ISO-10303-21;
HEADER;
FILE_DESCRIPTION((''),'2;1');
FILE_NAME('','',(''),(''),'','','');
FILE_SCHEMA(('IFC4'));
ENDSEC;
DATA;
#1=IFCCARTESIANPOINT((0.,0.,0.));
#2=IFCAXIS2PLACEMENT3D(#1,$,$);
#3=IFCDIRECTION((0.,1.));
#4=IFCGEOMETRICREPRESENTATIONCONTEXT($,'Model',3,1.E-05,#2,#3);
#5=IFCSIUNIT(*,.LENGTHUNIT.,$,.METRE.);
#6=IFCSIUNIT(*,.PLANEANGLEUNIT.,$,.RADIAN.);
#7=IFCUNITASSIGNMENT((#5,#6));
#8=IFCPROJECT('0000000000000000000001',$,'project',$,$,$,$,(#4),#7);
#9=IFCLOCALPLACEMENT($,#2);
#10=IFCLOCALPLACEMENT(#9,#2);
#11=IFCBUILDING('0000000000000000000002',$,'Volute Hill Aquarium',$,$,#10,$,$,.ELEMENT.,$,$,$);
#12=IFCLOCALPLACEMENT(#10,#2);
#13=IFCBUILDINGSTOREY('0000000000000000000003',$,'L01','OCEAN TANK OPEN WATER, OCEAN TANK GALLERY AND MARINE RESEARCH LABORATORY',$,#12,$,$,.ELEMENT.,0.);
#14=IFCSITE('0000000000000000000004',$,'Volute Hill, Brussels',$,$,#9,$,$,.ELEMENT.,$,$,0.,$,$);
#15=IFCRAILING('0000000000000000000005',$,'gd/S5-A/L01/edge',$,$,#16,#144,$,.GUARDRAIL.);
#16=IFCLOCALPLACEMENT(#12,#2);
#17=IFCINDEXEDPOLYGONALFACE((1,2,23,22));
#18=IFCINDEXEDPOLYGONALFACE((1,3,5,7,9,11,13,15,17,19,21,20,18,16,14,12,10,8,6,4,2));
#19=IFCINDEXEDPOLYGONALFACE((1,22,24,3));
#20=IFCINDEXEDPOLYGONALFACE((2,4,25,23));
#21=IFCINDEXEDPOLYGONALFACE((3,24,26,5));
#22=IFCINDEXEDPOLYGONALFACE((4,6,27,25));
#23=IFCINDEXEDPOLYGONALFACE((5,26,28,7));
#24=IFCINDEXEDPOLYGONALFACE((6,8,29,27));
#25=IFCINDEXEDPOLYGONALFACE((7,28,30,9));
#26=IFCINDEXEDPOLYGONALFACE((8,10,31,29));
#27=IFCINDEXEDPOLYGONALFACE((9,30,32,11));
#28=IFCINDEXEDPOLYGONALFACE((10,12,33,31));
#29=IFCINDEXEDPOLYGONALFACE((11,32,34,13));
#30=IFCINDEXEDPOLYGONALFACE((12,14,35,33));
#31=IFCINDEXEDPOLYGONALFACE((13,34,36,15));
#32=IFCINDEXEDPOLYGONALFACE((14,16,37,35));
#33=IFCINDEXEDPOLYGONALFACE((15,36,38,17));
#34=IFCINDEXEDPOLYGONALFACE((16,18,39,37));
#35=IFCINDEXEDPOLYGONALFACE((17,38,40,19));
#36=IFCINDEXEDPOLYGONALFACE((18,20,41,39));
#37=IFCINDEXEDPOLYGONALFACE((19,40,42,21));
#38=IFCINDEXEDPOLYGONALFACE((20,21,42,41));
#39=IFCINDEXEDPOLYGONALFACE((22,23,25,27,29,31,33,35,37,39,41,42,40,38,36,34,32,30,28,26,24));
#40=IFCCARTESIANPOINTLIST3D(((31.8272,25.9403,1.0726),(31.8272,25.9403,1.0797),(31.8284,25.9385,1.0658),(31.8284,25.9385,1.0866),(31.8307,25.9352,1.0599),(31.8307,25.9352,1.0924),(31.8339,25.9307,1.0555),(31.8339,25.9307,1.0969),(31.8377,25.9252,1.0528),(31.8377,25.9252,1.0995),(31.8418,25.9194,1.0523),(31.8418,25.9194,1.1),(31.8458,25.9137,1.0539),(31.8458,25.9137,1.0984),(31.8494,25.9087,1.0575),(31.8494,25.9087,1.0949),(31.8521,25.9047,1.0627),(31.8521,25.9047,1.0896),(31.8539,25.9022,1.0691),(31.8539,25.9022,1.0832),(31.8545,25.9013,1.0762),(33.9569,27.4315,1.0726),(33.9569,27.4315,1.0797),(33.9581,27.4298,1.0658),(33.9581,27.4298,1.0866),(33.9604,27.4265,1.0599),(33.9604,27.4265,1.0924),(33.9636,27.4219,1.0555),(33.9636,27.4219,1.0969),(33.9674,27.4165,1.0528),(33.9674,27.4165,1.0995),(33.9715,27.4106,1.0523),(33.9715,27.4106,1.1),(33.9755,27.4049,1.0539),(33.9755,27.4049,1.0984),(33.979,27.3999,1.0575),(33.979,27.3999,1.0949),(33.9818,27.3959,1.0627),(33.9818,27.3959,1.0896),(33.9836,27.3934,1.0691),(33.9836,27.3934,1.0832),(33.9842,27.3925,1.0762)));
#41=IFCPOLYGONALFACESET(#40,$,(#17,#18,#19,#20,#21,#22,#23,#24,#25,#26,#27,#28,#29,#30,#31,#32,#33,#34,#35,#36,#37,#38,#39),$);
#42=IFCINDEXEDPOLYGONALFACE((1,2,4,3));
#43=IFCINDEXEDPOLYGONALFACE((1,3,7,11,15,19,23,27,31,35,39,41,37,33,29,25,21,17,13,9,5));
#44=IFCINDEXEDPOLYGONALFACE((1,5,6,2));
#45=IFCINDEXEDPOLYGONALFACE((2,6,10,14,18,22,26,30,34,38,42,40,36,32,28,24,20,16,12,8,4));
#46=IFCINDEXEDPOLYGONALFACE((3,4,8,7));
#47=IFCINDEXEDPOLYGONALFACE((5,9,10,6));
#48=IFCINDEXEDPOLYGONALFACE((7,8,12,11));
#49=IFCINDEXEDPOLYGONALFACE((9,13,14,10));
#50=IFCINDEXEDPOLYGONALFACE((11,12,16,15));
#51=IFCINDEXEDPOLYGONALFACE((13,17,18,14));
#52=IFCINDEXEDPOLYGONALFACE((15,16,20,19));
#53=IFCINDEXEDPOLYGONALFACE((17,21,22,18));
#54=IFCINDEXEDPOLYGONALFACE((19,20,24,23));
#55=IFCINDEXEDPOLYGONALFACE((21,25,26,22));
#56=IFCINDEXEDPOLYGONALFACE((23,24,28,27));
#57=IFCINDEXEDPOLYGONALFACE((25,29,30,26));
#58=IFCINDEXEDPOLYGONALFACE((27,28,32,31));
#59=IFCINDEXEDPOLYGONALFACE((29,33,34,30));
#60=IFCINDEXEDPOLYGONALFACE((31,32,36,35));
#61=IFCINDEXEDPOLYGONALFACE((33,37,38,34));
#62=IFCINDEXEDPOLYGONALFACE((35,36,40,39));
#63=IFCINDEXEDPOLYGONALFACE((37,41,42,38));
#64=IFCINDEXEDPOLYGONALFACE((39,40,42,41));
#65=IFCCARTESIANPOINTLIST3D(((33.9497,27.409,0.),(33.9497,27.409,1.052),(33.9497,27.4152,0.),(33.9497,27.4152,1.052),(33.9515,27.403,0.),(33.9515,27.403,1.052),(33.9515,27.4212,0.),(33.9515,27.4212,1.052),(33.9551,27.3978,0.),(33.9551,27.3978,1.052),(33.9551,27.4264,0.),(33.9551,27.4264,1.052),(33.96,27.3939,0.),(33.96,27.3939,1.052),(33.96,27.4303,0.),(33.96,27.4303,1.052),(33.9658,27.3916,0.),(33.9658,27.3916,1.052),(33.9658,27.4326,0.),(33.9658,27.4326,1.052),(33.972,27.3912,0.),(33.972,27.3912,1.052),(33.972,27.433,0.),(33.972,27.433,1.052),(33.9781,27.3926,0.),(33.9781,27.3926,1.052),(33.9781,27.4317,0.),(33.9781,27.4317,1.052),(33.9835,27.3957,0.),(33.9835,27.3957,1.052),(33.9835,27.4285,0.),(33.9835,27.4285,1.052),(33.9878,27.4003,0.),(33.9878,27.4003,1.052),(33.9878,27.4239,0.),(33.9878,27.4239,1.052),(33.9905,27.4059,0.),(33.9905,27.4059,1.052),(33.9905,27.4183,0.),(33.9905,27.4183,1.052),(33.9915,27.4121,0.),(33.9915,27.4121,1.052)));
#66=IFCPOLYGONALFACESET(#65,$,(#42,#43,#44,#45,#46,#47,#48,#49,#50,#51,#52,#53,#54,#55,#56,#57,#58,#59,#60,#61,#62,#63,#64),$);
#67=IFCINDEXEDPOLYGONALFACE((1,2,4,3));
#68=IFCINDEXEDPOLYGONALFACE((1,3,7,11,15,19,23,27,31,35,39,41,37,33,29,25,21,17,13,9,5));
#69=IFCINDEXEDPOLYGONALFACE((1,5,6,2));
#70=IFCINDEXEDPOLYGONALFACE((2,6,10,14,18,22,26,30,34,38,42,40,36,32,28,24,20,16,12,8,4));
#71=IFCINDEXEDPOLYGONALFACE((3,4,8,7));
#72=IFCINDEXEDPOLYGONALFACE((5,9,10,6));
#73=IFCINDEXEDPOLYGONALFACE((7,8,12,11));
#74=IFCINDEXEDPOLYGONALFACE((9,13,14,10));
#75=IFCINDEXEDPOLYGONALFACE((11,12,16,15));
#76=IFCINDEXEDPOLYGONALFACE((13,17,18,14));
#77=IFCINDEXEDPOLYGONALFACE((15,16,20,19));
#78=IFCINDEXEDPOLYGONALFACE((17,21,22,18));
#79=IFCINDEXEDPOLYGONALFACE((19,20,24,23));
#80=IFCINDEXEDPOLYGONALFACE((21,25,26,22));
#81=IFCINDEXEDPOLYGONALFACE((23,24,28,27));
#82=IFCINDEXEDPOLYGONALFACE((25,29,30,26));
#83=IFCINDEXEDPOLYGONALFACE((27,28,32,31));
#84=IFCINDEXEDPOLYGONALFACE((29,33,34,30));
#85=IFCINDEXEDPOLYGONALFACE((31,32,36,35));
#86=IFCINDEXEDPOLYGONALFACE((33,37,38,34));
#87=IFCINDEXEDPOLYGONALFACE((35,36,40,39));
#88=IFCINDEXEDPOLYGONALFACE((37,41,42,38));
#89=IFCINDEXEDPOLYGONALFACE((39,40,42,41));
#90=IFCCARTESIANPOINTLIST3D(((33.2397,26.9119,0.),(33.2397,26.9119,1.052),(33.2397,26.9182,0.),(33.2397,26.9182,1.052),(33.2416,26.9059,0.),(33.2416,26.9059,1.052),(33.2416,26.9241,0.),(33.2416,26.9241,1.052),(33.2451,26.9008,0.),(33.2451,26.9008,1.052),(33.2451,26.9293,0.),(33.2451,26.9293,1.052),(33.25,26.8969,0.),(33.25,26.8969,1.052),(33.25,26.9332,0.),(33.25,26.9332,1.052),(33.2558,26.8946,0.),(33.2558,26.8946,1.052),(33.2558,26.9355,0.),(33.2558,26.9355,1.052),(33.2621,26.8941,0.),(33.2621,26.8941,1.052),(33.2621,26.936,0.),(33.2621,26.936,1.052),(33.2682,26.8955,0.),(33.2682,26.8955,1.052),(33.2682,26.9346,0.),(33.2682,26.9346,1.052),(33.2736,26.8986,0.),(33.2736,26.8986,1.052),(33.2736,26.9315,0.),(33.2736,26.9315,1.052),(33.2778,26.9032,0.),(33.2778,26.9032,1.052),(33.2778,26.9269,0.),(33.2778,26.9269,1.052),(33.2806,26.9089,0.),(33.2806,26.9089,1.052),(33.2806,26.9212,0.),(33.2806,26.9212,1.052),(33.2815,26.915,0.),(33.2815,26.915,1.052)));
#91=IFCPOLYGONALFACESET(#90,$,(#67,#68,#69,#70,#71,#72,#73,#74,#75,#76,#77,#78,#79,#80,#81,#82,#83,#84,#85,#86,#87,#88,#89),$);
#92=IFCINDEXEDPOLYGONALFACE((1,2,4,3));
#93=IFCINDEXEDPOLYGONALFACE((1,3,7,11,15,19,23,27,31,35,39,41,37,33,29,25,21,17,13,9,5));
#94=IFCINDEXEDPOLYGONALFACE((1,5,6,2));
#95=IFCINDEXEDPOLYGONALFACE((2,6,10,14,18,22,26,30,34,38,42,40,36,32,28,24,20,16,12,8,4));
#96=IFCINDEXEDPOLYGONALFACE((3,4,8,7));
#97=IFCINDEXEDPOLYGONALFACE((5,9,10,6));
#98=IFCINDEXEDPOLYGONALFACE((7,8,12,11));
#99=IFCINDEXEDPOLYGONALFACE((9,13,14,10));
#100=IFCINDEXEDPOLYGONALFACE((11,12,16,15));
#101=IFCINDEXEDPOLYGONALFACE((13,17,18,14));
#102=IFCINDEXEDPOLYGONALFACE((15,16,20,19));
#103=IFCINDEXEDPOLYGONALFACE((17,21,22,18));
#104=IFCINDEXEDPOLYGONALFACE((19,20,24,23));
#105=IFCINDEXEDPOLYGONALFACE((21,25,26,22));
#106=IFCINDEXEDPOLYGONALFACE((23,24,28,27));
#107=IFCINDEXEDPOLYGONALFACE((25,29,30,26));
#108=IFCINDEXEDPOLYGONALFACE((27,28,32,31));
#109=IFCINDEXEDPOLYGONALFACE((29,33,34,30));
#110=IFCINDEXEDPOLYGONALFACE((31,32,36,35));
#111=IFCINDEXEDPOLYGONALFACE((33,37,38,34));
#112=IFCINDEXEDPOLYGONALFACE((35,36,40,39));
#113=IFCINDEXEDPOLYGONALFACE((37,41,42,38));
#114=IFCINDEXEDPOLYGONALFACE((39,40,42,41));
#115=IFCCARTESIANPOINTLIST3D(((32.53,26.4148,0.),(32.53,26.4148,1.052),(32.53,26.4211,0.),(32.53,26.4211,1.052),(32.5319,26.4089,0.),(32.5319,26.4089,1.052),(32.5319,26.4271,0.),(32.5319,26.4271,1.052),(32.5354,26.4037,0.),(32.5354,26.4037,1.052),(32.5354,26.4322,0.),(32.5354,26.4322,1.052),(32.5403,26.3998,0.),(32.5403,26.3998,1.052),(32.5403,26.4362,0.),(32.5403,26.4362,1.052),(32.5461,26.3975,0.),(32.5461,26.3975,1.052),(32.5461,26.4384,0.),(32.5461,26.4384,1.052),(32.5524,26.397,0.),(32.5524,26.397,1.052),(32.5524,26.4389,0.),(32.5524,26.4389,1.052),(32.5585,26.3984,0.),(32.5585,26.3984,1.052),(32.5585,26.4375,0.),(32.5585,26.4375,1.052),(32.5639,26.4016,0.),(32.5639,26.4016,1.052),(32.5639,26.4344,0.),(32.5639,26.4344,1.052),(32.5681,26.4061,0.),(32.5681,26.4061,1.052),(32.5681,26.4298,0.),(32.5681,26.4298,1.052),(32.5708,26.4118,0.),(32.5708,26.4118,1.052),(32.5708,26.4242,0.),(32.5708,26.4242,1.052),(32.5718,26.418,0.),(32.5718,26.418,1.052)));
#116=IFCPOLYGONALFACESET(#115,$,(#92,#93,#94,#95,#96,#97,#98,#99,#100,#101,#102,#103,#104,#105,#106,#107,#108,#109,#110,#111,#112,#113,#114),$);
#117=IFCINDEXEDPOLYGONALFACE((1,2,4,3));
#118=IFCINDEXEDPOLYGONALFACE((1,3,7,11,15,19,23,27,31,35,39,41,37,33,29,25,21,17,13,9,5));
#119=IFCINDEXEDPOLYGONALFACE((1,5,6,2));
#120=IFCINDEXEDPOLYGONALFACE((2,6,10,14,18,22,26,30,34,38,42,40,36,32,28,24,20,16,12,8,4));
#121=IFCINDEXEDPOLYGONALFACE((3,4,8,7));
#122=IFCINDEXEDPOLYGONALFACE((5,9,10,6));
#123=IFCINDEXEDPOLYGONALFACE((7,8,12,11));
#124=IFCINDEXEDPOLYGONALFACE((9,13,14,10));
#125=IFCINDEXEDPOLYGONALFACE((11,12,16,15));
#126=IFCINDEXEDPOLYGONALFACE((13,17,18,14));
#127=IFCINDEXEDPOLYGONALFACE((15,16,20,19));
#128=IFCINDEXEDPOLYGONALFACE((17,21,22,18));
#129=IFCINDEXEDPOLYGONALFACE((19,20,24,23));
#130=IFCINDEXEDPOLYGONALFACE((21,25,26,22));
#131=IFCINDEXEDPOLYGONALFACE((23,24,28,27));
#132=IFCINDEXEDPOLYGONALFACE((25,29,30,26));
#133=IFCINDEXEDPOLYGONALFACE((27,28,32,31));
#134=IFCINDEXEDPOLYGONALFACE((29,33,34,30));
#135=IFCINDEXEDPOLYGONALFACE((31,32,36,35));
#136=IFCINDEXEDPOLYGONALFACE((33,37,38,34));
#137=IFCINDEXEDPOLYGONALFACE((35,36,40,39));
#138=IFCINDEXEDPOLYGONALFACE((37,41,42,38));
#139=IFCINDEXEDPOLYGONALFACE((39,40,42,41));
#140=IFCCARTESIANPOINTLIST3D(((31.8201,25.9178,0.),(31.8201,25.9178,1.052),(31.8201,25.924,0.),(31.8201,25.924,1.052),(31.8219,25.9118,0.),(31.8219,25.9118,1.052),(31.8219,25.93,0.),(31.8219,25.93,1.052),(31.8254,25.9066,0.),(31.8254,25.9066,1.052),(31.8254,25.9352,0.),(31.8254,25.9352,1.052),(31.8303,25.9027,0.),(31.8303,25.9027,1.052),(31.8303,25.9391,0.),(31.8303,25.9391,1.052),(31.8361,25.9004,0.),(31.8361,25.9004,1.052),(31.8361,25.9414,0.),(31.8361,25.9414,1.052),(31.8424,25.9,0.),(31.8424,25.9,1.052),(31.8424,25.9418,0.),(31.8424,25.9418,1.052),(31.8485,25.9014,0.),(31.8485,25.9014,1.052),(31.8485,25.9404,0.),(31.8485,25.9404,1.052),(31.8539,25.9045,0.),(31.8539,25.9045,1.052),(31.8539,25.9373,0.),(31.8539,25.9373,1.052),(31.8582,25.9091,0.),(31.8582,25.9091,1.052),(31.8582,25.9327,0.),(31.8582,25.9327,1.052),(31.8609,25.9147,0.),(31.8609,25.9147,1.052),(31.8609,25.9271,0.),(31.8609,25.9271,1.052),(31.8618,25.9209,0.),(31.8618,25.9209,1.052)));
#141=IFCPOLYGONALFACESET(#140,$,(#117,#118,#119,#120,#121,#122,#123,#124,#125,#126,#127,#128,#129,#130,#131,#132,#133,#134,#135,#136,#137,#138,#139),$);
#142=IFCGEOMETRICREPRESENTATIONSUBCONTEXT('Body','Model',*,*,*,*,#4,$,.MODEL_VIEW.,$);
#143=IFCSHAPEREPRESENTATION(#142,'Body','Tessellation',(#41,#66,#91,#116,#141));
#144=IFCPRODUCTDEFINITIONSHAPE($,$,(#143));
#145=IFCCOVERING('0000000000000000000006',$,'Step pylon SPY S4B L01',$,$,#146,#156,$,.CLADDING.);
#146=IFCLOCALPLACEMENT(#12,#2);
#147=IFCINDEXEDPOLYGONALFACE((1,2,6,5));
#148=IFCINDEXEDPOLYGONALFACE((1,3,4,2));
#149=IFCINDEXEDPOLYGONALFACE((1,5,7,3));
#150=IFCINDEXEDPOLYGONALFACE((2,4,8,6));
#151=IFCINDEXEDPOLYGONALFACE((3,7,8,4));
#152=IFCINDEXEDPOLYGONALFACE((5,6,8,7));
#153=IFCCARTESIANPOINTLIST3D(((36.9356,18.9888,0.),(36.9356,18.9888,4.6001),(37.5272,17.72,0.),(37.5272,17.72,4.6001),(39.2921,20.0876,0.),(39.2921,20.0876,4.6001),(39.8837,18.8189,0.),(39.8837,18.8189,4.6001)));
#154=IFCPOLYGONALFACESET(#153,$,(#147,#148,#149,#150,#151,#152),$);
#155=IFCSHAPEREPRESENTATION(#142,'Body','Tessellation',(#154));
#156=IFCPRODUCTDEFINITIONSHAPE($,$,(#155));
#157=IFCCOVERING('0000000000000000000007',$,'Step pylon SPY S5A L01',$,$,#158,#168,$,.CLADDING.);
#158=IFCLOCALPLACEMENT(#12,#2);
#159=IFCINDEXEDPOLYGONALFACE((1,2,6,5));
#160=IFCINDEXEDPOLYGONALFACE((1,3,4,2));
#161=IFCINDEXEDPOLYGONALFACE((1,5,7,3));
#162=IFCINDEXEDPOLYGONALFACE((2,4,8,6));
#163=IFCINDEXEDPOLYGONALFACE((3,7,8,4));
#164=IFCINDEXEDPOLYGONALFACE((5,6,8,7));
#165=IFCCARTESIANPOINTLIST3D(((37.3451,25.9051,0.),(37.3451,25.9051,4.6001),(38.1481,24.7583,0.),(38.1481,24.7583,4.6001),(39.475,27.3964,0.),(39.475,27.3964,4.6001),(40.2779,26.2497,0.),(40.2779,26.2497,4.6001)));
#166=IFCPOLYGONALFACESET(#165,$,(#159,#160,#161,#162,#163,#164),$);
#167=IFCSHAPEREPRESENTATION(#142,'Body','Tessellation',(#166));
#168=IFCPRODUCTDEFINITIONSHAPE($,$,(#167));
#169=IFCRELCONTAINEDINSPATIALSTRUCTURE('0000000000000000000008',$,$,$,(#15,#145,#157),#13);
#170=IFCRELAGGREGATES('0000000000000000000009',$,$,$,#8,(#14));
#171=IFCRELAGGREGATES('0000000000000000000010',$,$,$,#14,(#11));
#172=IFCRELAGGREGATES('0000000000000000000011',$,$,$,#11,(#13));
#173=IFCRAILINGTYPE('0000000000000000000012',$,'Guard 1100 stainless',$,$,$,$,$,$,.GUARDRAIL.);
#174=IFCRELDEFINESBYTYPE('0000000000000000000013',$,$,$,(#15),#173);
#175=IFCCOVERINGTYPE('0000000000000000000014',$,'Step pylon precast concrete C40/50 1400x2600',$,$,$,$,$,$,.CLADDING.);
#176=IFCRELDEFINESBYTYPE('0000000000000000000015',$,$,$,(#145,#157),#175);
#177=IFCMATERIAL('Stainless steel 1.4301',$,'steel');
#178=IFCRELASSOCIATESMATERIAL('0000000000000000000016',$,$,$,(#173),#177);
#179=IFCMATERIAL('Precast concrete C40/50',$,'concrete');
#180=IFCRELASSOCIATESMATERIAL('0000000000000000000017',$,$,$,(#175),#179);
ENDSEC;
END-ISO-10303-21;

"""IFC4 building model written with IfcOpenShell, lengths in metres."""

from ifc_helpers import new_model, si_unit, direction, frame, origin, origin_2d, place, context, subcontext, project, spatial, rectangle, circle, extrude, material, type_object, element, save


model = new_model("IFC4")

# Units and contexts
model_context = context("Model", 3, precision=1e-05, world=origin(), true_north=direction((0.0, 1.0)))
body_context = subcontext(model_context, "Body", "Model", "MODEL_VIEW")
ifc_project = project(units=[si_unit("LENGTHUNIT", "METRE"), si_unit("PLANEANGLEUNIT", "RADIAN")], contexts=[model_context])

# Site, building, storey
site_placement = place(None, origin())
site = spatial("IfcSite", under=ifc_project, at=site_placement, Name="Volute Hill, Brussels", CompositionType="ELEMENT", RefElevation=0.0)
building_placement = place(site_placement, origin())
building = spatial("IfcBuilding", under=site, at=building_placement, Name="Volute Hill Aquarium", CompositionType="ELEMENT")
storey_placement = place(building_placement, origin())
storey = spatial("IfcBuildingStorey", under=building, at=storey_placement, Name="L01", Description="OCEAN TANK OPEN WATER, OCEAN TANK GALLERY AND MARINE RESEARCH LABORATORY", CompositionType="ELEMENT", Elevation=0.0)

# Railing
ifc_material_1 = material(Name="Stainless steel 1.4301", Category="steel")
railing_type = type_object("IfcRailingType", Name="Guard 1100 stainless", PredefinedType="GUARDRAIL", material=ifc_material_1)
railing_1_placement = place(storey_placement, frame((33.9705, 27.4121, 0.0)))
element("IfcRailing", 1, at=railing_1_placement, inside=storey, type_object=railing_type, Name="gd/S5-A/L01/edge", PredefinedType="GUARDRAIL", context=body_context, shape_type="SweptSolid", body=[
    extrude(circle(Radius=0.0239, at=origin_2d()), frame((0.0, 0.0, 1.0762), z_axis=(-0.819148, -0.573582, 0.0), x_axis=(0.573582, -0.819148, 0.0)), (0.0, 0.0, 1.0), 2.5999),
    extrude(circle(Radius=0.021, at=origin_2d()), origin(), (0.0, 0.0, 1.0), 1.052),
    extrude(circle(Radius=0.021, at=origin_2d()), frame((-0.71, -0.4971, 0.0)), (0.0, 0.0, 1.0), 1.052),
    extrude(circle(Radius=0.021, at=origin_2d()), frame((-1.4197, -0.9941, 0.0)), (0.0, 0.0, 1.0), 1.052),
    extrude(circle(Radius=0.021, at=origin_2d()), frame((-2.1296, -1.4912, 0.0)), (0.0, 0.0, 1.0), 1.052),
])

# Coverings
ifc_material_2 = material(Name="Precast concrete C40/50", Category="concrete")
covering_type_1 = type_object("IfcCoveringType", Name="Step pylon precast concrete C40/50 1400x2600", PredefinedType="CLADDING", material=ifc_material_2)
for number, where, z_axis, x_axis, name in (
    (2, (38.4097, 18.9038, 0.0), (0.0, 0.0, 1.0), (0.906308, 0.422618, 0.0), "Step pylon SPY S4B L01"),
    (3, (38.8115, 26.0774, 0.0), (0.0, 0.0, 1.0), (0.819152, 0.573576, 0.0), "Step pylon SPY S5A L01"),
):
    element("IfcCovering", number, at=place(storey_placement, frame(where, z_axis=z_axis, x_axis=x_axis)), inside=storey, type_object=covering_type_1, Name=name, PredefinedType="CLADDING", context=body_context, shape_type="SweptSolid", body=[
        extrude(rectangle(XDim=2.6001, YDim=1.3999, at=origin_2d()), origin(), (0.0, 0.0, 1.0), 4.6001),
    ])

save(model, "model.ifc")
